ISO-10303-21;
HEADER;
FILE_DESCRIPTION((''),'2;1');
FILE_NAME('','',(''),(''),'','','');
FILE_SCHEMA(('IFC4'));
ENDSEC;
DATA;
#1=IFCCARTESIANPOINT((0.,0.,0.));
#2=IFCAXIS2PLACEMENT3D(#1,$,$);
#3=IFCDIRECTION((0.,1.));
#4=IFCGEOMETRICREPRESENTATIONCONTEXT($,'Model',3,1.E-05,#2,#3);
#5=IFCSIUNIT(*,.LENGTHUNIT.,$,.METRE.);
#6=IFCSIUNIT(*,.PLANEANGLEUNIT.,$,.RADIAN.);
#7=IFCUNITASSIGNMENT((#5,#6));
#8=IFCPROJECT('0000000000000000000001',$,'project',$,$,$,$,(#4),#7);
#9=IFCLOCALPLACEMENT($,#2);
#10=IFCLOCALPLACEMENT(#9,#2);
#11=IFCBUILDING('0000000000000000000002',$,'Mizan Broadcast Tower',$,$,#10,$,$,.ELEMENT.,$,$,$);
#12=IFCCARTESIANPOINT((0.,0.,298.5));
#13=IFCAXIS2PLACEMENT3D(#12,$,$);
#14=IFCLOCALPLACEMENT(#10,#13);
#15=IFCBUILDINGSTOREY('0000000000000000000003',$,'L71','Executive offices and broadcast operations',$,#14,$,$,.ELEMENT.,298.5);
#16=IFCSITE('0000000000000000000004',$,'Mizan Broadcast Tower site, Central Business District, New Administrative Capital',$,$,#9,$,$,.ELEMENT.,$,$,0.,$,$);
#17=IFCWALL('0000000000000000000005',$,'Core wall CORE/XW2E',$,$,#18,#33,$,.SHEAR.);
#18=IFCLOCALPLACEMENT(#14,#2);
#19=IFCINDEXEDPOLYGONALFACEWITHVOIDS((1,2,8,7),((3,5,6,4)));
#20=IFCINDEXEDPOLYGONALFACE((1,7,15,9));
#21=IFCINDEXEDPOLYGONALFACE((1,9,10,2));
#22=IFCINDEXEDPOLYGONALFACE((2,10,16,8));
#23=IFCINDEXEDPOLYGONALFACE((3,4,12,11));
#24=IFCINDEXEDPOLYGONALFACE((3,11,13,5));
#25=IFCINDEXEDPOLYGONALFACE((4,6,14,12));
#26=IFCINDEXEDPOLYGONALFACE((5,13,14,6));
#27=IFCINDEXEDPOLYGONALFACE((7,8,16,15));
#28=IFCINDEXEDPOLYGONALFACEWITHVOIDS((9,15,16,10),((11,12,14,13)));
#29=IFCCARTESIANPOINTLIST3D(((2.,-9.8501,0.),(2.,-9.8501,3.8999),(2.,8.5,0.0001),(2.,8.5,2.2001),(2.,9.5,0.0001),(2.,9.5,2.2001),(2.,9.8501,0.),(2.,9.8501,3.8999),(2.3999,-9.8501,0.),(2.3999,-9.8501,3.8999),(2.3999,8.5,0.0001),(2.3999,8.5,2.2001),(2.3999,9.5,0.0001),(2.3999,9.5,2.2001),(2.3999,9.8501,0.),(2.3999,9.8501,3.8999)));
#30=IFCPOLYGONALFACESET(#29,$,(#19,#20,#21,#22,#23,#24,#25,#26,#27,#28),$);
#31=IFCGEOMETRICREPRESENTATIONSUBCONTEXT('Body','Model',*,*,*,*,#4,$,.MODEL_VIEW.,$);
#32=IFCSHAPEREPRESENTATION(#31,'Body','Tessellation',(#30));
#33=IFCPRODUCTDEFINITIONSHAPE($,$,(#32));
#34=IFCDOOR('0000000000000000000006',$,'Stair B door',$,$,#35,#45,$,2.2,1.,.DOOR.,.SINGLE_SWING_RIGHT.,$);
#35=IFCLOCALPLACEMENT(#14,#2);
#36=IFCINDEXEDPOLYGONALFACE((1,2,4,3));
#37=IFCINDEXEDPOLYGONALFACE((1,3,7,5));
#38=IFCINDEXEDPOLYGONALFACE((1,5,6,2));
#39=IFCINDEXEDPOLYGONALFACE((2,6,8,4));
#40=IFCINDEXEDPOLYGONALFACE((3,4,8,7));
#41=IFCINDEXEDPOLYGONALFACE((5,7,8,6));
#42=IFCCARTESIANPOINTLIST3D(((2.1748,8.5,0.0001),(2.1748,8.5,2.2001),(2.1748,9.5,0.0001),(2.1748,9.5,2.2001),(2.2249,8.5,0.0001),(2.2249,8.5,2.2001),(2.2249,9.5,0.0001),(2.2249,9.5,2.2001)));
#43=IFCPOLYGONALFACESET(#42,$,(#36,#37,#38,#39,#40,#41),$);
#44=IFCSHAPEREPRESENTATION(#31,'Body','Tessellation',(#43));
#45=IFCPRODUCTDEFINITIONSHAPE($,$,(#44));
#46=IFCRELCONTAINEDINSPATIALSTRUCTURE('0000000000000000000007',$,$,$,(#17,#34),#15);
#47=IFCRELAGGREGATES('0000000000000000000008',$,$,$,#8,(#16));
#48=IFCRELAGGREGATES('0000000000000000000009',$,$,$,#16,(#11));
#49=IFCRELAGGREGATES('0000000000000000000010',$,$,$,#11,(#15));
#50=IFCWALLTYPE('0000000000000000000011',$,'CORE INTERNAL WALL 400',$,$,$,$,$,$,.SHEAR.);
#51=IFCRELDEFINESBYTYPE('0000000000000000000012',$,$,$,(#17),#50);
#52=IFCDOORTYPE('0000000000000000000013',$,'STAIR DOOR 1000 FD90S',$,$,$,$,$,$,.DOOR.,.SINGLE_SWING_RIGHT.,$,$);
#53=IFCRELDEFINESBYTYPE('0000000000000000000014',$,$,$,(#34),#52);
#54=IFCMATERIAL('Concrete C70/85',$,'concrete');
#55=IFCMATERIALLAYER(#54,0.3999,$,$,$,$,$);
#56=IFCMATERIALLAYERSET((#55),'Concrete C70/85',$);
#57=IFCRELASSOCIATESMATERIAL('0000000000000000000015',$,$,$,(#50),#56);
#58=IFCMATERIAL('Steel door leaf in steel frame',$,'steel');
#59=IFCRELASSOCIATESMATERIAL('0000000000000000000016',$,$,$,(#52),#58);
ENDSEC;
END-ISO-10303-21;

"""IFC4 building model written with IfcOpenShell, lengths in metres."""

from ifc_helpers import new_model, si_unit, direction, frame, frame_2d, origin, place, context, subcontext, project, spatial, rectangle, extrude, material, layer, layer_set, type_object, element, fill, save


model = new_model("IFC4")

# Units and contexts
model_context = context("Model", 3, precision=1e-05, world=origin(), true_north=direction((0.0, 1.0)))
body_context = subcontext(model_context, "Body", "Model", "MODEL_VIEW")
ifc_project = project(units=[si_unit("LENGTHUNIT", "METRE"), si_unit("PLANEANGLEUNIT", "RADIAN")], contexts=[model_context])

# Site, building, storey
site_placement = place(None, origin())
site = spatial("IfcSite", under=ifc_project, at=site_placement, Name="Mizan Broadcast Tower site, Central Business District, New Administrative Capital", CompositionType="ELEMENT", RefElevation=0.0)
building_placement = place(site_placement, origin())
building = spatial("IfcBuilding", under=site, at=building_placement, Name="Mizan Broadcast Tower", CompositionType="ELEMENT")
storey_placement = place(building_placement, frame((0.0, 0.0, 298.5)))
storey = spatial("IfcBuildingStorey", under=building, at=storey_placement, Name="L71", Description="Executive offices and broadcast operations", CompositionType="ELEMENT", Elevation=298.5)

# Shared definitions
ifc_material_1 = material(Name="Concrete C70/85", Category="concrete")
ifc_layer_1 = layer(ifc_material_1, 0.3999)
ifc_layer_set_1 = layer_set([ifc_layer_1], Name="Concrete C70/85")
wall_type = type_object("IfcWallType", Name="CORE INTERNAL WALL 400", PredefinedType="SHEAR", material=ifc_layer_set_1)

# Wall, opening, door
wall_1_placement = place(storey_placement, frame((2.2, 9.8501, 0.0), z_axis=(0.0, 0.0, 1.0), x_axis=(0.0, -1.0, 0.0)))
wall_1 = element("IfcWall", 1, at=wall_1_placement, inside=storey, type_object=wall_type, Name="Core wall CORE/XW2E", PredefinedType="SHEAR", context=body_context, shape_type="SweptSolid", body=[
    extrude(rectangle(XDim=19.7002, YDim=0.3999, at=frame_2d((9.8501, 0.0))), origin(), (0.0, 0.0, 1.0), 3.8999),
])
opening_1_placement = place(wall_1_placement, frame((0.3501, 0.0, 0.0)))
opening_1 = element("IfcOpeningElement", 2, at=opening_1_placement, cuts=wall_1, PredefinedType="OPENING", context=body_context, shape_type="SweptSolid", body=[
    extrude(rectangle(XDim=1.0, YDim=2.2, at=frame_2d((0.5, 1.1001))), frame((0.0, 0.21, 0.0), z_axis=(0.0, -1.0, 0.0), x_axis=(1.0, 0.0, 0.0)), (0.0, 0.0, 1.0), 0.4199),
])
ifc_material_2 = material(Name="Steel door leaf in steel frame", Category="steel")
door_type_1 = type_object("IfcDoorType", Name="STAIR DOOR 1000 FD90S", OperationType="SINGLE_SWING_RIGHT", PredefinedType="DOOR", material=ifc_material_2)
door_1_placement = place(opening_1_placement, origin())
door_1 = element("IfcDoor", 3, at=door_1_placement, inside=storey, type_object=door_type_1, Name="Stair B door", OperationType="SINGLE_SWING_RIGHT", OverallHeight=2.2, OverallWidth=1.0, PredefinedType="DOOR", context=body_context, shape_type="SweptSolid", body=[
    extrude(rectangle(XDim=1.0, YDim=2.2, at=frame_2d((0.5, 1.1001))), frame((0.0, 0.0249, 0.0), z_axis=(0.0, -1.0, 0.0), x_axis=(1.0, 0.0, 0.0)), (0.0, 0.0, 1.0), 0.05),
])
fill(opening_1, door_1)

save(model, "model.ifc")
